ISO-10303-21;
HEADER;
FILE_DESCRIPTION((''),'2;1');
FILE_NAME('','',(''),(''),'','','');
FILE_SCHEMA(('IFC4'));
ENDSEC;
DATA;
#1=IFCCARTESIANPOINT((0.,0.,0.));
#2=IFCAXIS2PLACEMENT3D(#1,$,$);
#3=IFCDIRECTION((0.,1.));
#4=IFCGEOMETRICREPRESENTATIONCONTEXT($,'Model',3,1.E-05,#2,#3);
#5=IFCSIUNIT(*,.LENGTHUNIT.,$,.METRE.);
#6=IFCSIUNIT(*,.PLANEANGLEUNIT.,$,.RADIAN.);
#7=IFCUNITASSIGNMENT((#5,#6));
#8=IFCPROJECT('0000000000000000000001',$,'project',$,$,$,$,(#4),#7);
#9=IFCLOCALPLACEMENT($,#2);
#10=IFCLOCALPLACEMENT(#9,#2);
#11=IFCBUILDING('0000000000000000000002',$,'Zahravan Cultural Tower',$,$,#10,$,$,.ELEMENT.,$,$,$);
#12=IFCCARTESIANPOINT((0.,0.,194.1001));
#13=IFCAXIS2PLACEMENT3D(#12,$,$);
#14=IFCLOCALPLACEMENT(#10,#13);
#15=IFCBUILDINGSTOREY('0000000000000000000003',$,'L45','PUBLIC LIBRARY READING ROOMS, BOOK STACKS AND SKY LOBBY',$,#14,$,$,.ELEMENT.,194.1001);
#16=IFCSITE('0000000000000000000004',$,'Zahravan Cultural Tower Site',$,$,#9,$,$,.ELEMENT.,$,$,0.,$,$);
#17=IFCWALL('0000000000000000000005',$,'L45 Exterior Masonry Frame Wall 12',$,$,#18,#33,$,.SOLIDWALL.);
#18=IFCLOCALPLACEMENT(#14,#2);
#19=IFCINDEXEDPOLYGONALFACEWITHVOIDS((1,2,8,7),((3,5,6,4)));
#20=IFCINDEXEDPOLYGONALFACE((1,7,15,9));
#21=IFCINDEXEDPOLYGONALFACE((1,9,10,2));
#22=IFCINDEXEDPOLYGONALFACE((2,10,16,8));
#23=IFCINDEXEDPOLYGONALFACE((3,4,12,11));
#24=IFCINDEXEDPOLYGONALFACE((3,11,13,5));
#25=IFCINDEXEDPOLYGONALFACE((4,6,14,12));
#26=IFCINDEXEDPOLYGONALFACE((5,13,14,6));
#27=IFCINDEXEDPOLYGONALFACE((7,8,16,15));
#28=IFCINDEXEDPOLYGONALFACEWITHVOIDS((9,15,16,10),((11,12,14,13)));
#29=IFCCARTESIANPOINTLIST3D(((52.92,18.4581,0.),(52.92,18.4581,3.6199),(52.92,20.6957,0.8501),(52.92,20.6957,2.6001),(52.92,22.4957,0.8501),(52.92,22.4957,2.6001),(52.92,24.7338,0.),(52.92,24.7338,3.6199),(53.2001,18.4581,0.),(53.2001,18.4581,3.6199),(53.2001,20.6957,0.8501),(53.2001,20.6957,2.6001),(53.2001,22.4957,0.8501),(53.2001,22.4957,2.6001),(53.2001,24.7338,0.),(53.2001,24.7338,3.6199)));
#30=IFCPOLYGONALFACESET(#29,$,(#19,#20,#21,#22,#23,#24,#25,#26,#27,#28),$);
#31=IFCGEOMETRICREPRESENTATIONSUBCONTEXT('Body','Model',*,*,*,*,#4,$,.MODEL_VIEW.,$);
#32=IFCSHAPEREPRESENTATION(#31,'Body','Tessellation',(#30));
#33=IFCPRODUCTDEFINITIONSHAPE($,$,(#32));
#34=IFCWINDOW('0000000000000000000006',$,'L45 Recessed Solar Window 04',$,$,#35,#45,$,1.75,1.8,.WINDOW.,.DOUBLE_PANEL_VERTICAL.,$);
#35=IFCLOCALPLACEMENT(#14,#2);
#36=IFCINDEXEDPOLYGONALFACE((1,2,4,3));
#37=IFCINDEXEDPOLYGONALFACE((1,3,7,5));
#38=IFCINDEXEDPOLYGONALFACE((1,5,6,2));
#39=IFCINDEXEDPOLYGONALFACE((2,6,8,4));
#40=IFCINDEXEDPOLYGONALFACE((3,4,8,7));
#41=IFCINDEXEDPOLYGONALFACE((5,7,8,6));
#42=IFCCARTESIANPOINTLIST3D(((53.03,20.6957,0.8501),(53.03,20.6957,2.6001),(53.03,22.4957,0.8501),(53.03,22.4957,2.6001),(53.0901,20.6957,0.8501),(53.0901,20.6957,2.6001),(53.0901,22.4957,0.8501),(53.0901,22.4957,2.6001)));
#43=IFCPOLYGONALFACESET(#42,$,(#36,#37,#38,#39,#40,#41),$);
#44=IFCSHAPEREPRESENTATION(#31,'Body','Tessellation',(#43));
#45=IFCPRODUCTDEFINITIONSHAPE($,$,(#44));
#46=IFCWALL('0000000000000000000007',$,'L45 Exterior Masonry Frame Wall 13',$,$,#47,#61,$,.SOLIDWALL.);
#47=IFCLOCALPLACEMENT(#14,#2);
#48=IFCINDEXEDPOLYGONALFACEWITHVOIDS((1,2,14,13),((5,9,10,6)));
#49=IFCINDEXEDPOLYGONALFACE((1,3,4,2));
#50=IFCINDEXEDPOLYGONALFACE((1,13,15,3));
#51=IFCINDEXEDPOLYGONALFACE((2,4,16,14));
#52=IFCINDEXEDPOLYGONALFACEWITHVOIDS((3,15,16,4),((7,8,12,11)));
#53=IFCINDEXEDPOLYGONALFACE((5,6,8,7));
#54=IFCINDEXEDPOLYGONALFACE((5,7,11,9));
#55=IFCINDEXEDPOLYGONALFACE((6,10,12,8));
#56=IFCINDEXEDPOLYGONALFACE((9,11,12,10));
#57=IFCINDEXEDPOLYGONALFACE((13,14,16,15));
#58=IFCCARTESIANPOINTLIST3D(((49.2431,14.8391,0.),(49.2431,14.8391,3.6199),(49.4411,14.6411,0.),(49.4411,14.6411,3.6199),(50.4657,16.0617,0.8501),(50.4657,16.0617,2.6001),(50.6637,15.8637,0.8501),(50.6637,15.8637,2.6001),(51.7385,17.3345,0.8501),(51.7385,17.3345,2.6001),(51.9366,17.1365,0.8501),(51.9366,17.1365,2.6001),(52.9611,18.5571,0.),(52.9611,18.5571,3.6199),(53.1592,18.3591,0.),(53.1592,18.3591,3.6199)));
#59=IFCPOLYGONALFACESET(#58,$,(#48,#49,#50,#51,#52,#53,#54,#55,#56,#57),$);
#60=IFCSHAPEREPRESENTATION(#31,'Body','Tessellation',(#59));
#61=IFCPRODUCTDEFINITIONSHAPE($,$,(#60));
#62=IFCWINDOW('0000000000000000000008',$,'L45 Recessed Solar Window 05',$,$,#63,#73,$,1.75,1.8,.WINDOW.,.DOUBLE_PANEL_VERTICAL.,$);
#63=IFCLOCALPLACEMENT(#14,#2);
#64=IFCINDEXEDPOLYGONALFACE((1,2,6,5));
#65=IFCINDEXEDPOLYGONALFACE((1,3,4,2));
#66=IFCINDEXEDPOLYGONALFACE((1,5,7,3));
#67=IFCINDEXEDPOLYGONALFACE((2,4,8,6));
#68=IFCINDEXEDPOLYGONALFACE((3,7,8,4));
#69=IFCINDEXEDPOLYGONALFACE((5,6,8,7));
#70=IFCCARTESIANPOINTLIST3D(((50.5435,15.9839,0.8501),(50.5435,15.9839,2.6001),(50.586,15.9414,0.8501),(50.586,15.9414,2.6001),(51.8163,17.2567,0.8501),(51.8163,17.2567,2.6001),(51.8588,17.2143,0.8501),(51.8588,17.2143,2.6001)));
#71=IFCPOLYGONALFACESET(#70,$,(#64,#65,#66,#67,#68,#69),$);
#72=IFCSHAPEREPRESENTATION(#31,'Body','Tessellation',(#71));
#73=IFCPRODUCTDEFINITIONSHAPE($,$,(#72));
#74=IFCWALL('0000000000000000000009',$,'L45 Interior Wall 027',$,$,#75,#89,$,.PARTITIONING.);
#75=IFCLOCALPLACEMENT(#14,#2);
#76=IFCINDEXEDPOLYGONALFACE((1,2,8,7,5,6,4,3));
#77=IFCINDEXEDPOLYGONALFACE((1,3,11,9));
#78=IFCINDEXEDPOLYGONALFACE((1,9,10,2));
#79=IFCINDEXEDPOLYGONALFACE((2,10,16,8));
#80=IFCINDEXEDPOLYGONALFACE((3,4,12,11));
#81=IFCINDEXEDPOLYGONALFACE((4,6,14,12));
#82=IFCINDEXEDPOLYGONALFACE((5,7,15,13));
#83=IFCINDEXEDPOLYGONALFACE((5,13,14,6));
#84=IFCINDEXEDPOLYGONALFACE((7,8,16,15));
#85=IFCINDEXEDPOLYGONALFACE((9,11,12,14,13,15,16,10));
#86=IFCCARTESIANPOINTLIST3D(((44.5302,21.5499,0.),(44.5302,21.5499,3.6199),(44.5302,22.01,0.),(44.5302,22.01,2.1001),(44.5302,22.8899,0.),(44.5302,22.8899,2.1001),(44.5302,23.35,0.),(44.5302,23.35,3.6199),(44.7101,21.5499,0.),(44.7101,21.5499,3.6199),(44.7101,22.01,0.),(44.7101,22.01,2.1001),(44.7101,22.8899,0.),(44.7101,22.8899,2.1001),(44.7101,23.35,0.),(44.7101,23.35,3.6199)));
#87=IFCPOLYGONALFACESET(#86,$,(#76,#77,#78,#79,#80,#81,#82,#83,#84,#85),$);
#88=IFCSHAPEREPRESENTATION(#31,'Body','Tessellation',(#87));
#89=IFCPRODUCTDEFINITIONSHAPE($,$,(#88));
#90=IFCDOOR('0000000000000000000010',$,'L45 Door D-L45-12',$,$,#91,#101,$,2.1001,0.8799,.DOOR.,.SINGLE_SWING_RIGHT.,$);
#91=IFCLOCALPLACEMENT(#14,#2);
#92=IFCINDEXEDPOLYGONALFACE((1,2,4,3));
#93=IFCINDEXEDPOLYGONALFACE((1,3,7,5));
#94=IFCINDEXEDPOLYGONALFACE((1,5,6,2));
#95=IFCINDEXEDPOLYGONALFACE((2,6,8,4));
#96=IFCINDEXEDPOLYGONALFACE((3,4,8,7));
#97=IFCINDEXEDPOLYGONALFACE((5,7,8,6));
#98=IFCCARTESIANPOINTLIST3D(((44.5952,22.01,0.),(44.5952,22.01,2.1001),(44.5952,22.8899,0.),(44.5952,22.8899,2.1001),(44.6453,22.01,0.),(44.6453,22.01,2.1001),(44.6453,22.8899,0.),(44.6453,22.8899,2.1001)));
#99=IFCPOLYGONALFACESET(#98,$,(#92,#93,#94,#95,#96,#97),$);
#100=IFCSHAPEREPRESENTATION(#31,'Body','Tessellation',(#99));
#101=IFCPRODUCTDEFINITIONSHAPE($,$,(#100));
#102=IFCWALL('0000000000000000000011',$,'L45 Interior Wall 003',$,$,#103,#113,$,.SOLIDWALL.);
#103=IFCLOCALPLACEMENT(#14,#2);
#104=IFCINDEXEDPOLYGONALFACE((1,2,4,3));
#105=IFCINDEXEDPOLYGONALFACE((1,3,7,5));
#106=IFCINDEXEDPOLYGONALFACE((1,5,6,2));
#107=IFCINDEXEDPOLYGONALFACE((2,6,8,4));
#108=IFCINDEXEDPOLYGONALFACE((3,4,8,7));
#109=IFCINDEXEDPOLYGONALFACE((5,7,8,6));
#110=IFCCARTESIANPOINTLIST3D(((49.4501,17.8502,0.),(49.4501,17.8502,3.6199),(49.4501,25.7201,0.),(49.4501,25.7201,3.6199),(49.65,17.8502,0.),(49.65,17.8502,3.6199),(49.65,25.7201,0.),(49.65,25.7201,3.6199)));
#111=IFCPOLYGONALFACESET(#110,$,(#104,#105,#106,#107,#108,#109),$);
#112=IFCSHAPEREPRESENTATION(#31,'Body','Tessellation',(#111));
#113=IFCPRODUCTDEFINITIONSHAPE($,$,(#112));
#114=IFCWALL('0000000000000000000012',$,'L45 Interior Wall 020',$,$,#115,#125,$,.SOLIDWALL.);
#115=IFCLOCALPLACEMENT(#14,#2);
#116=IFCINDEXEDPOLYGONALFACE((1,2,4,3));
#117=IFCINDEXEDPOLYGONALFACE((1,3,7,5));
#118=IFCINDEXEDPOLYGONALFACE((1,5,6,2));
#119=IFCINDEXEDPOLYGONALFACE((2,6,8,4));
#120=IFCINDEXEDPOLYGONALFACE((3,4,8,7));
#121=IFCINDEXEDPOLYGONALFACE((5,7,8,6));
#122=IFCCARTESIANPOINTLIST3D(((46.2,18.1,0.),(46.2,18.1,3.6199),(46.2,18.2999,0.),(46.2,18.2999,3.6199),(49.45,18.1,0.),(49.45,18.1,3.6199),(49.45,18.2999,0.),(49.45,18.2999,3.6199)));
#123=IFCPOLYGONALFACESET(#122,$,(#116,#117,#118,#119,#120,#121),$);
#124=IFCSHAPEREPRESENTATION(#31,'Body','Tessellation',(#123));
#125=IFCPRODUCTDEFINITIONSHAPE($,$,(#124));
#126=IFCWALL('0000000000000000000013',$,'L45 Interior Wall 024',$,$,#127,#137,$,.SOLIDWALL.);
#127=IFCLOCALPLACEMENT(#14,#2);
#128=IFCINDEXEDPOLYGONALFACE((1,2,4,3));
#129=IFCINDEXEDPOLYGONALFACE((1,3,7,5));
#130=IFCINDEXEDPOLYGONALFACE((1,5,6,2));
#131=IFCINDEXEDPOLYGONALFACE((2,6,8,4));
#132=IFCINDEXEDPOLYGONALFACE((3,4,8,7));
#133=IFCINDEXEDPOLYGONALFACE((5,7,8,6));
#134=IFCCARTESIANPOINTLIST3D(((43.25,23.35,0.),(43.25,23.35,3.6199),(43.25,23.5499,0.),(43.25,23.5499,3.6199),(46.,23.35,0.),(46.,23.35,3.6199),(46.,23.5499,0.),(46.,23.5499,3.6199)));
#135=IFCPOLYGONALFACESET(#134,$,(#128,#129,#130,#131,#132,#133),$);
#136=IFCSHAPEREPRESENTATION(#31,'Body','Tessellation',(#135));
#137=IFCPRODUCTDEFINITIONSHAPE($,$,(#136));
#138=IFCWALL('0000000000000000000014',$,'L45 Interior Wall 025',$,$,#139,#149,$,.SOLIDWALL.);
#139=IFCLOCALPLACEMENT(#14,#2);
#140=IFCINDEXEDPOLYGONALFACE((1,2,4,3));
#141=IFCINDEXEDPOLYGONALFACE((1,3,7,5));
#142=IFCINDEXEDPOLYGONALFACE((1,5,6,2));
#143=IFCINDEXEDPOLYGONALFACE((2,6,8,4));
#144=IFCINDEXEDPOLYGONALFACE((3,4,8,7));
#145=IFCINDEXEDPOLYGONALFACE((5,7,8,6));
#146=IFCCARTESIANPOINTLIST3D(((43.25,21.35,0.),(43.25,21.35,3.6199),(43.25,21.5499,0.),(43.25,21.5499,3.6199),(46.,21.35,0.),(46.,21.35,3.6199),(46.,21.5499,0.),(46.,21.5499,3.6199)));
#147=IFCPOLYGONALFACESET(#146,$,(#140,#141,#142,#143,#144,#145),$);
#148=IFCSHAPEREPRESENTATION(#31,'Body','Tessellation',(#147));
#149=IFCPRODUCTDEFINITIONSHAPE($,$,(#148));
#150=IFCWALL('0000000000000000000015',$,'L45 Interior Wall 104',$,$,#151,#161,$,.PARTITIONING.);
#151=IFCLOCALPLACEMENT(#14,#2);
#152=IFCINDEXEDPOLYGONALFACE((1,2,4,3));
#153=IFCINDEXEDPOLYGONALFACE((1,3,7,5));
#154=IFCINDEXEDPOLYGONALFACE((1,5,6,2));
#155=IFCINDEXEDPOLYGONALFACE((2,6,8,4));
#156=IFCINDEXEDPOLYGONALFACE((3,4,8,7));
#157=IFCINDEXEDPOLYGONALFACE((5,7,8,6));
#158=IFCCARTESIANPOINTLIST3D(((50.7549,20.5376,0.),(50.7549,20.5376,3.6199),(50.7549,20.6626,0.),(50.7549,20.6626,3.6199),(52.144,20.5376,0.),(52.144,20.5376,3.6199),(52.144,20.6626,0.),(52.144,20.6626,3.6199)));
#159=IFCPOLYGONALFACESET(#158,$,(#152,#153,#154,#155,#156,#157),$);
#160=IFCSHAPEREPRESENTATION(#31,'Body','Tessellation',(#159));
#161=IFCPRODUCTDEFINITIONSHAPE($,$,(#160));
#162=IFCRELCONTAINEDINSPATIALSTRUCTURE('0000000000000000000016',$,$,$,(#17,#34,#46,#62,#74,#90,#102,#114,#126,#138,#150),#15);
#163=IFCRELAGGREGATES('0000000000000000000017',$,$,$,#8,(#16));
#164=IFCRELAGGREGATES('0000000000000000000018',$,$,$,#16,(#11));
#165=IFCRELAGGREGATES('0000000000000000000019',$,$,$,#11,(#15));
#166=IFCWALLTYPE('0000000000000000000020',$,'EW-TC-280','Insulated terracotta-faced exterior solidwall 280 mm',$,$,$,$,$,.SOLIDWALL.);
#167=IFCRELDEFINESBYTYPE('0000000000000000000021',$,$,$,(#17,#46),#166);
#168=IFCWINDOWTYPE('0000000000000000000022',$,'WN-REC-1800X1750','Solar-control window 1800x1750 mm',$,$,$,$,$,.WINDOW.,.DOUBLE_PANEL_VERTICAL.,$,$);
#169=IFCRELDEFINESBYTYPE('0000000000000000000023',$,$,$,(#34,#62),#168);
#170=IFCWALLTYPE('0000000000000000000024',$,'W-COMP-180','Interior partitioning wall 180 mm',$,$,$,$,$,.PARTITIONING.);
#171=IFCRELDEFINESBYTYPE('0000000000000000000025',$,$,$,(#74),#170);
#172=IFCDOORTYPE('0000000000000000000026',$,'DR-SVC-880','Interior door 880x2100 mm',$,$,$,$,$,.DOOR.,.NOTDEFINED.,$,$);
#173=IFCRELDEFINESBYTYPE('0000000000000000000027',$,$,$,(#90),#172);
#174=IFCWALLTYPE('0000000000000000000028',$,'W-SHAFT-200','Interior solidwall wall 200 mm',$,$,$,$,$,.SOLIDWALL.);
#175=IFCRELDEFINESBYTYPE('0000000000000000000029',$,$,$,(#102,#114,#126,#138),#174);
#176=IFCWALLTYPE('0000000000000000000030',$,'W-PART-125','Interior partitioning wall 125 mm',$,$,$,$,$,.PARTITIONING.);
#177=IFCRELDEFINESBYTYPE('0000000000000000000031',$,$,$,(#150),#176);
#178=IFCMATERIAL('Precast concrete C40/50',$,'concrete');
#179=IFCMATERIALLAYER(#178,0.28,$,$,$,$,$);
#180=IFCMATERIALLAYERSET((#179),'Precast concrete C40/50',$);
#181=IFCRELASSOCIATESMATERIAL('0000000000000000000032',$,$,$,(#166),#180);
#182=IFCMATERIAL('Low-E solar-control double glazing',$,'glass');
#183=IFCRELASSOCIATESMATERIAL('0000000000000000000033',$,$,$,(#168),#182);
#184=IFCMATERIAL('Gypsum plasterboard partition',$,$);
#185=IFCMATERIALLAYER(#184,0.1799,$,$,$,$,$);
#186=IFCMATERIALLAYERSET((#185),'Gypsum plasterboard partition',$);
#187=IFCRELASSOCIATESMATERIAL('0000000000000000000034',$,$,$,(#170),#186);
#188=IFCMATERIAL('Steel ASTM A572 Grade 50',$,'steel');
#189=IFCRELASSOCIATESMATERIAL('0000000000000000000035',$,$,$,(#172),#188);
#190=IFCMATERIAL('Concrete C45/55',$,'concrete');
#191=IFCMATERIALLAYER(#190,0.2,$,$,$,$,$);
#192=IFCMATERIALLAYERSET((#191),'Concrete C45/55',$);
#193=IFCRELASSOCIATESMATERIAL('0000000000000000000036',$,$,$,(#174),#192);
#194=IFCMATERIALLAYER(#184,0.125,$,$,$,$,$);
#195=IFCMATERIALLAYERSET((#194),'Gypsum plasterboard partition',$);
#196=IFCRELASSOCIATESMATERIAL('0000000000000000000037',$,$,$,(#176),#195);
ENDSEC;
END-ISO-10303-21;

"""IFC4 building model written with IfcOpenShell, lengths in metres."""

from ifc_helpers import new_model, si_unit, direction, frame, frame_2d, origin, place, context, subcontext, project, spatial, rectangle, extrude, source, transform, mapped, material, layer, layer_set, type_object, element, fill, save


model = new_model("IFC4")

# Units and contexts
model_context = context("Model", 3, precision=1e-05, world=origin(), true_north=direction((0.0, 1.0)))
body_context = subcontext(model_context, "Body", "Model", "MODEL_VIEW")
ifc_project = project(units=[si_unit("LENGTHUNIT", "METRE"), si_unit("PLANEANGLEUNIT", "RADIAN")], contexts=[model_context])

# Site, building, storey
site_placement = place(None, origin())
site = spatial("IfcSite", under=ifc_project, at=site_placement, Name="Zahravan Cultural Tower Site", CompositionType="ELEMENT", RefElevation=0.0)
building_placement = place(site_placement, origin())
building = spatial("IfcBuilding", under=site, at=building_placement, Name="Zahravan Cultural Tower", CompositionType="ELEMENT")
storey_placement = place(building_placement, frame((0.0, 0.0, 194.1001)))
storey = spatial("IfcBuildingStorey", under=building, at=storey_placement, Name="L45", Description="PUBLIC LIBRARY READING ROOMS, BOOK STACKS AND SKY LOBBY", CompositionType="ELEMENT", Elevation=194.1001)

# Walls, openings, windows
ifc_material_1 = material(Name="Precast concrete C40/50", Category="concrete")
ifc_layer_1 = layer(ifc_material_1, 0.28)
ifc_layer_set_1 = layer_set([ifc_layer_1], Name="Precast concrete C40/50")
wall_type_1 = type_object("IfcWallType", Name="EW-TC-280", Description="Insulated terracotta-faced exterior solidwall 280 mm", PredefinedType="SOLIDWALL", material=ifc_layer_set_1)
wall_1_placement = place(storey_placement, frame((53.0601, 24.7336, 0.0), z_axis=(0.0, 0.0, 1.0), x_axis=(0.0, -1.0, 0.0)))
wall_1 = element("IfcWall", 1, at=wall_1_placement, inside=storey, type_object=wall_type_1, Name="L45 Exterior Masonry Frame Wall 12", PredefinedType="SOLIDWALL", context=body_context, shape_type="SweptSolid", body=[
    extrude(rectangle(XDim=6.2756, YDim=0.28, at=frame_2d((3.1377, 0.0))), origin(), (0.0, 0.0, 1.0), 3.6199),
])
opening_1_placement = place(wall_1_placement, frame((2.238, 0.0, 0.8501)))
opening_1 = element("IfcOpeningElement", 2, at=opening_1_placement, cuts=wall_1, PredefinedType="OPENING", context=body_context, shape_type="SweptSolid", body=[
    extrude(rectangle(XDim=1.8, YDim=1.75, at=frame_2d((0.8999, 0.875))), frame((0.0, 0.1499, 0.0), z_axis=(0.0, -1.0, 0.0), x_axis=(1.0, 0.0, 0.0)), (0.0, 0.0, 1.0), 0.3),
])
ifc_material_2 = material(Name="Low-E solar-control double glazing", Category="glass")
window_type = type_object("IfcWindowType", Name="WN-REC-1800X1750", Description="Solar-control window 1800x1750 mm", PartitioningType="DOUBLE_PANEL_VERTICAL", PredefinedType="WINDOW", material=ifc_material_2)
shared_shape_1 = source(origin(), body_context, "Body", "SweptSolid", [
    extrude(rectangle(XDim=1.8, YDim=1.75, at=frame_2d((0.8999, 0.875))), frame((0.0, 0.03, 0.0), z_axis=(0.0, -1.0, 0.0), x_axis=(1.0, 0.0, 0.0)), (0.0, 0.0, 1.0), 0.0601),
])
window_1_placement = place(opening_1_placement, origin())
window_1 = element("IfcWindow", 3, at=window_1_placement, inside=storey, type_object=window_type, Name="L45 Recessed Solar Window 04", OverallHeight=1.75, OverallWidth=1.8, PartitioningType="DOUBLE_PANEL_VERTICAL", PredefinedType="WINDOW", context=body_context, shape_type="MappedRepresentation", body=[
    mapped(shared_shape_1, transform((0.0, 0.0, 0.0), x_axis=(1.0, 0.0, 0.0), y_axis=(0.0, 1.0, 0.0), z_axis=(0.0, 0.0, 1.0), scale=1.0)),
])
fill(opening_1, window_1)
wall_2_placement = place(storey_placement, frame((53.0601, 18.458, 0.0), z_axis=(0.0, 0.0, 1.0), x_axis=(-0.707107, -0.707107, 0.0)))
wall_2 = element("IfcWall", 4, at=wall_2_placement, inside=storey, type_object=wall_type_1, Name="L45 Exterior Masonry Frame Wall 13", PredefinedType="SOLIDWALL", context=body_context, shape_type="SweptSolid", body=[
    extrude(rectangle(XDim=5.2581, YDim=0.28, at=frame_2d((2.6289, 0.0))), origin(), (0.0, 0.0, 1.0), 3.6199),
])
opening_2_placement = place(wall_2_placement, frame((1.729, 0.0, 0.8501)))
opening_2 = element("IfcOpeningElement", 5, at=opening_2_placement, cuts=wall_2, PredefinedType="OPENING", context=body_context, shape_type="SweptSolid", body=[
    extrude(rectangle(XDim=1.8, YDim=1.75, at=frame_2d((0.8999, 0.875))), frame((0.0, 0.1499, 0.0), z_axis=(0.0, -1.0, 0.0), x_axis=(1.0, 0.0, 0.0)), (0.0, 0.0, 1.0), 0.3),
])
window_2_placement = place(opening_2_placement, origin())
window_2 = element("IfcWindow", 6, at=window_2_placement, inside=storey, type_object=window_type, Name="L45 Recessed Solar Window 05", OverallHeight=1.75, OverallWidth=1.8, PartitioningType="DOUBLE_PANEL_VERTICAL", PredefinedType="WINDOW", context=body_context, shape_type="MappedRepresentation", body=[
    mapped(shared_shape_1, transform((0.0, 0.0, 0.0), x_axis=(1.0, 0.0, 0.0), y_axis=(0.0, 1.0, 0.0), z_axis=(0.0, 0.0, 1.0), scale=1.0)),
])
fill(opening_2, window_2)

# Wall, opening, door
ifc_material_3 = material(Name="Gypsum plasterboard partition")
ifc_layer_2 = layer(ifc_material_3, 0.1799)
ifc_layer_set_2 = layer_set([ifc_layer_2], Name="Gypsum plasterboard partition")
wall_type_2 = type_object("IfcWallType", Name="W-COMP-180", Description="Interior partitioning wall 180 mm", PredefinedType="PARTITIONING", material=ifc_layer_set_2)
wall_3_placement = place(storey_placement, frame((44.6201, 21.55, 0.0), z_axis=(0.0, 0.0, 1.0), x_axis=(0.0, 1.0, 0.0)))
wall_3 = element("IfcWall", 7, at=wall_3_placement, inside=storey, type_object=wall_type_2, Name="L45 Interior Wall 027", PredefinedType="PARTITIONING", context=body_context, shape_type="SweptSolid", body=[
    extrude(rectangle(XDim=1.8, YDim=0.1799, at=frame_2d((0.8999, 0.0))), origin(), (0.0, 0.0, 1.0), 3.6199),
])
opening_3_placement = place(wall_3_placement, frame((0.46, 0.0, 0.0)))
opening_3 = element("IfcOpeningElement", 8, at=opening_3_placement, cuts=wall_3, PredefinedType="OPENING", context=body_context, shape_type="SweptSolid", body=[
    extrude(rectangle(XDim=0.8799, YDim=2.1001, at=frame_2d((0.4399, 1.05))), frame((0.0, 0.0999, 0.0), z_axis=(0.0, -1.0, 0.0), x_axis=(1.0, 0.0, 0.0)), (0.0, 0.0, 1.0), 0.2),
])
ifc_material_4 = material(Name="Steel ASTM A572 Grade 50", Category="steel")
door_type = type_object("IfcDoorType", Name="DR-SVC-880", Description="Interior door 880x2100 mm", OperationType="NOTDEFINED", PredefinedType="DOOR", material=ifc_material_4)
shared_shape_2 = source(origin(), body_context, "Body", "SweptSolid", [
    extrude(rectangle(XDim=0.8799, YDim=2.1001, at=frame_2d((0.4399, 1.05))), frame((0.0, 0.0249, 0.0), z_axis=(0.0, -1.0, 0.0), x_axis=(1.0, 0.0, 0.0)), (0.0, 0.0, 1.0), 0.05),
])
door_placement = place(opening_3_placement, origin())
door = element("IfcDoor", 9, at=door_placement, inside=storey, type_object=door_type, Name="L45 Door D-L45-12", OperationType="SINGLE_SWING_RIGHT", OverallHeight=2.1001, OverallWidth=0.8799, PredefinedType="DOOR", context=body_context, shape_type="MappedRepresentation", body=[
    mapped(shared_shape_2, transform((0.0, 0.0, 0.0), x_axis=(1.0, 0.0, 0.0), y_axis=(0.0, 1.0, 0.0), z_axis=(0.0, 0.0, 1.0), scale=1.0)),
])
fill(opening_3, door)

# Walls
ifc_material_5 = material(Name="Concrete C45/55", Category="concrete")
ifc_layer_3 = layer(ifc_material_5, 0.2)
ifc_layer_set_3 = layer_set([ifc_layer_3], Name="Concrete C45/55")
wall_type_3 = type_object("IfcWallType", Name="W-SHAFT-200", Description="Interior solidwall wall 200 mm", PredefinedType="SOLIDWALL", material=ifc_layer_set_3)
shared_shape_3 = source(origin(), body_context, "Body", "SweptSolid", [
    extrude(rectangle(XDim=7.8699, YDim=0.2, at=frame_2d((3.9351, 0.0))), origin(), (0.0, 0.0, 1.0), 3.6199),
])
wall_4_placement = place(storey_placement, frame((49.55, 17.8501, 0.0), z_axis=(0.0, 0.0, 1.0), x_axis=(0.0, 1.0, 0.0)))
element("IfcWall", 10, at=wall_4_placement, inside=storey, type_object=wall_type_3, Name="L45 Interior Wall 003", PredefinedType="SOLIDWALL", context=body_context, shape_type="MappedRepresentation", body=[
    mapped(shared_shape_3, transform((0.0, 0.0, 0.0), x_axis=(1.0, 0.0, 0.0), y_axis=(0.0, 1.0, 0.0), z_axis=(0.0, 0.0, 1.0), scale=1.0)),
])
shared_shape_4 = source(origin(), body_context, "Body", "SweptSolid", [
    extrude(rectangle(XDim=3.25, YDim=0.2, at=frame_2d((1.625, 0.0))), origin(), (0.0, 0.0, 1.0), 3.6199),
])
wall_5_placement = place(storey_placement, frame((46.2, 18.2, 0.0), z_axis=(0.0, 0.0, 1.0), x_axis=(1.0, 0.0, 0.0)))
element("IfcWall", 11, at=wall_5_placement, inside=storey, type_object=wall_type_3, Name="L45 Interior Wall 020", PredefinedType="SOLIDWALL", context=body_context, shape_type="MappedRepresentation", body=[
    mapped(shared_shape_4, transform((0.0, 0.0, 0.0), x_axis=(1.0, 0.0, 0.0), y_axis=(0.0, 1.0, 0.0), z_axis=(0.0, 0.0, 1.0), scale=1.0)),
])
shared_shape_5 = source(origin(), body_context, "Body", "SweptSolid", [
    extrude(rectangle(XDim=2.75, YDim=0.2, at=frame_2d((1.375, 0.0))), origin(), (0.0, 0.0, 1.0), 3.6199),
])
for number, where, z_axis, x_axis, name in (
    (12, (43.25, 23.45, 0.0), (0.0, 0.0, 1.0), (1.0, 0.0, 0.0), "L45 Interior Wall 024"),
    (13, (43.25, 21.45, 0.0), (0.0, 0.0, 1.0), (1.0, 0.0, 0.0), "L45 Interior Wall 025"),
):
    element("IfcWall", number, at=place(storey_placement, frame(where, z_axis=z_axis, x_axis=x_axis)), inside=storey, type_object=wall_type_3, Name=name, PredefinedType="SOLIDWALL", context=body_context, shape_type="MappedRepresentation", body=[
        mapped(shared_shape_5, transform((0.0, 0.0, 0.0), x_axis=(1.0, 0.0, 0.0), y_axis=(0.0, 1.0, 0.0), z_axis=(0.0, 0.0, 1.0), scale=1.0)),
    ])
ifc_layer_4 = layer(ifc_material_3, 0.125)
ifc_layer_set_4 = layer_set([ifc_layer_4], Name="Gypsum plasterboard partition")
wall_type_4 = type_object("IfcWallType", Name="W-PART-125", Description="Interior partitioning wall 125 mm", PredefinedType="PARTITIONING", material=ifc_layer_set_4)
shared_shape_6 = source(origin(), body_context, "Body", "SweptSolid", [
    extrude(rectangle(XDim=1.3892, YDim=0.125, at=frame_2d((0.6946, 0.0))), origin(), (0.0, 0.0, 1.0), 3.6199),
])
wall_6_placement = place(storey_placement, frame((50.7549, 20.6001, 0.0), z_axis=(0.0, 0.0, 1.0), x_axis=(1.0, 0.0, 0.0)))
element("IfcWall", 14, at=wall_6_placement, inside=storey, type_object=wall_type_4, Name="L45 Interior Wall 104", PredefinedType="PARTITIONING", context=body_context, shape_type="MappedRepresentation", body=[
    mapped(shared_shape_6, transform((0.0, 0.0, 0.0), x_axis=(1.0, 0.0, 0.0), y_axis=(0.0, 1.0, 0.0), z_axis=(0.0, 0.0, 1.0), scale=1.0)),
])

save(model, "model.ifc")
